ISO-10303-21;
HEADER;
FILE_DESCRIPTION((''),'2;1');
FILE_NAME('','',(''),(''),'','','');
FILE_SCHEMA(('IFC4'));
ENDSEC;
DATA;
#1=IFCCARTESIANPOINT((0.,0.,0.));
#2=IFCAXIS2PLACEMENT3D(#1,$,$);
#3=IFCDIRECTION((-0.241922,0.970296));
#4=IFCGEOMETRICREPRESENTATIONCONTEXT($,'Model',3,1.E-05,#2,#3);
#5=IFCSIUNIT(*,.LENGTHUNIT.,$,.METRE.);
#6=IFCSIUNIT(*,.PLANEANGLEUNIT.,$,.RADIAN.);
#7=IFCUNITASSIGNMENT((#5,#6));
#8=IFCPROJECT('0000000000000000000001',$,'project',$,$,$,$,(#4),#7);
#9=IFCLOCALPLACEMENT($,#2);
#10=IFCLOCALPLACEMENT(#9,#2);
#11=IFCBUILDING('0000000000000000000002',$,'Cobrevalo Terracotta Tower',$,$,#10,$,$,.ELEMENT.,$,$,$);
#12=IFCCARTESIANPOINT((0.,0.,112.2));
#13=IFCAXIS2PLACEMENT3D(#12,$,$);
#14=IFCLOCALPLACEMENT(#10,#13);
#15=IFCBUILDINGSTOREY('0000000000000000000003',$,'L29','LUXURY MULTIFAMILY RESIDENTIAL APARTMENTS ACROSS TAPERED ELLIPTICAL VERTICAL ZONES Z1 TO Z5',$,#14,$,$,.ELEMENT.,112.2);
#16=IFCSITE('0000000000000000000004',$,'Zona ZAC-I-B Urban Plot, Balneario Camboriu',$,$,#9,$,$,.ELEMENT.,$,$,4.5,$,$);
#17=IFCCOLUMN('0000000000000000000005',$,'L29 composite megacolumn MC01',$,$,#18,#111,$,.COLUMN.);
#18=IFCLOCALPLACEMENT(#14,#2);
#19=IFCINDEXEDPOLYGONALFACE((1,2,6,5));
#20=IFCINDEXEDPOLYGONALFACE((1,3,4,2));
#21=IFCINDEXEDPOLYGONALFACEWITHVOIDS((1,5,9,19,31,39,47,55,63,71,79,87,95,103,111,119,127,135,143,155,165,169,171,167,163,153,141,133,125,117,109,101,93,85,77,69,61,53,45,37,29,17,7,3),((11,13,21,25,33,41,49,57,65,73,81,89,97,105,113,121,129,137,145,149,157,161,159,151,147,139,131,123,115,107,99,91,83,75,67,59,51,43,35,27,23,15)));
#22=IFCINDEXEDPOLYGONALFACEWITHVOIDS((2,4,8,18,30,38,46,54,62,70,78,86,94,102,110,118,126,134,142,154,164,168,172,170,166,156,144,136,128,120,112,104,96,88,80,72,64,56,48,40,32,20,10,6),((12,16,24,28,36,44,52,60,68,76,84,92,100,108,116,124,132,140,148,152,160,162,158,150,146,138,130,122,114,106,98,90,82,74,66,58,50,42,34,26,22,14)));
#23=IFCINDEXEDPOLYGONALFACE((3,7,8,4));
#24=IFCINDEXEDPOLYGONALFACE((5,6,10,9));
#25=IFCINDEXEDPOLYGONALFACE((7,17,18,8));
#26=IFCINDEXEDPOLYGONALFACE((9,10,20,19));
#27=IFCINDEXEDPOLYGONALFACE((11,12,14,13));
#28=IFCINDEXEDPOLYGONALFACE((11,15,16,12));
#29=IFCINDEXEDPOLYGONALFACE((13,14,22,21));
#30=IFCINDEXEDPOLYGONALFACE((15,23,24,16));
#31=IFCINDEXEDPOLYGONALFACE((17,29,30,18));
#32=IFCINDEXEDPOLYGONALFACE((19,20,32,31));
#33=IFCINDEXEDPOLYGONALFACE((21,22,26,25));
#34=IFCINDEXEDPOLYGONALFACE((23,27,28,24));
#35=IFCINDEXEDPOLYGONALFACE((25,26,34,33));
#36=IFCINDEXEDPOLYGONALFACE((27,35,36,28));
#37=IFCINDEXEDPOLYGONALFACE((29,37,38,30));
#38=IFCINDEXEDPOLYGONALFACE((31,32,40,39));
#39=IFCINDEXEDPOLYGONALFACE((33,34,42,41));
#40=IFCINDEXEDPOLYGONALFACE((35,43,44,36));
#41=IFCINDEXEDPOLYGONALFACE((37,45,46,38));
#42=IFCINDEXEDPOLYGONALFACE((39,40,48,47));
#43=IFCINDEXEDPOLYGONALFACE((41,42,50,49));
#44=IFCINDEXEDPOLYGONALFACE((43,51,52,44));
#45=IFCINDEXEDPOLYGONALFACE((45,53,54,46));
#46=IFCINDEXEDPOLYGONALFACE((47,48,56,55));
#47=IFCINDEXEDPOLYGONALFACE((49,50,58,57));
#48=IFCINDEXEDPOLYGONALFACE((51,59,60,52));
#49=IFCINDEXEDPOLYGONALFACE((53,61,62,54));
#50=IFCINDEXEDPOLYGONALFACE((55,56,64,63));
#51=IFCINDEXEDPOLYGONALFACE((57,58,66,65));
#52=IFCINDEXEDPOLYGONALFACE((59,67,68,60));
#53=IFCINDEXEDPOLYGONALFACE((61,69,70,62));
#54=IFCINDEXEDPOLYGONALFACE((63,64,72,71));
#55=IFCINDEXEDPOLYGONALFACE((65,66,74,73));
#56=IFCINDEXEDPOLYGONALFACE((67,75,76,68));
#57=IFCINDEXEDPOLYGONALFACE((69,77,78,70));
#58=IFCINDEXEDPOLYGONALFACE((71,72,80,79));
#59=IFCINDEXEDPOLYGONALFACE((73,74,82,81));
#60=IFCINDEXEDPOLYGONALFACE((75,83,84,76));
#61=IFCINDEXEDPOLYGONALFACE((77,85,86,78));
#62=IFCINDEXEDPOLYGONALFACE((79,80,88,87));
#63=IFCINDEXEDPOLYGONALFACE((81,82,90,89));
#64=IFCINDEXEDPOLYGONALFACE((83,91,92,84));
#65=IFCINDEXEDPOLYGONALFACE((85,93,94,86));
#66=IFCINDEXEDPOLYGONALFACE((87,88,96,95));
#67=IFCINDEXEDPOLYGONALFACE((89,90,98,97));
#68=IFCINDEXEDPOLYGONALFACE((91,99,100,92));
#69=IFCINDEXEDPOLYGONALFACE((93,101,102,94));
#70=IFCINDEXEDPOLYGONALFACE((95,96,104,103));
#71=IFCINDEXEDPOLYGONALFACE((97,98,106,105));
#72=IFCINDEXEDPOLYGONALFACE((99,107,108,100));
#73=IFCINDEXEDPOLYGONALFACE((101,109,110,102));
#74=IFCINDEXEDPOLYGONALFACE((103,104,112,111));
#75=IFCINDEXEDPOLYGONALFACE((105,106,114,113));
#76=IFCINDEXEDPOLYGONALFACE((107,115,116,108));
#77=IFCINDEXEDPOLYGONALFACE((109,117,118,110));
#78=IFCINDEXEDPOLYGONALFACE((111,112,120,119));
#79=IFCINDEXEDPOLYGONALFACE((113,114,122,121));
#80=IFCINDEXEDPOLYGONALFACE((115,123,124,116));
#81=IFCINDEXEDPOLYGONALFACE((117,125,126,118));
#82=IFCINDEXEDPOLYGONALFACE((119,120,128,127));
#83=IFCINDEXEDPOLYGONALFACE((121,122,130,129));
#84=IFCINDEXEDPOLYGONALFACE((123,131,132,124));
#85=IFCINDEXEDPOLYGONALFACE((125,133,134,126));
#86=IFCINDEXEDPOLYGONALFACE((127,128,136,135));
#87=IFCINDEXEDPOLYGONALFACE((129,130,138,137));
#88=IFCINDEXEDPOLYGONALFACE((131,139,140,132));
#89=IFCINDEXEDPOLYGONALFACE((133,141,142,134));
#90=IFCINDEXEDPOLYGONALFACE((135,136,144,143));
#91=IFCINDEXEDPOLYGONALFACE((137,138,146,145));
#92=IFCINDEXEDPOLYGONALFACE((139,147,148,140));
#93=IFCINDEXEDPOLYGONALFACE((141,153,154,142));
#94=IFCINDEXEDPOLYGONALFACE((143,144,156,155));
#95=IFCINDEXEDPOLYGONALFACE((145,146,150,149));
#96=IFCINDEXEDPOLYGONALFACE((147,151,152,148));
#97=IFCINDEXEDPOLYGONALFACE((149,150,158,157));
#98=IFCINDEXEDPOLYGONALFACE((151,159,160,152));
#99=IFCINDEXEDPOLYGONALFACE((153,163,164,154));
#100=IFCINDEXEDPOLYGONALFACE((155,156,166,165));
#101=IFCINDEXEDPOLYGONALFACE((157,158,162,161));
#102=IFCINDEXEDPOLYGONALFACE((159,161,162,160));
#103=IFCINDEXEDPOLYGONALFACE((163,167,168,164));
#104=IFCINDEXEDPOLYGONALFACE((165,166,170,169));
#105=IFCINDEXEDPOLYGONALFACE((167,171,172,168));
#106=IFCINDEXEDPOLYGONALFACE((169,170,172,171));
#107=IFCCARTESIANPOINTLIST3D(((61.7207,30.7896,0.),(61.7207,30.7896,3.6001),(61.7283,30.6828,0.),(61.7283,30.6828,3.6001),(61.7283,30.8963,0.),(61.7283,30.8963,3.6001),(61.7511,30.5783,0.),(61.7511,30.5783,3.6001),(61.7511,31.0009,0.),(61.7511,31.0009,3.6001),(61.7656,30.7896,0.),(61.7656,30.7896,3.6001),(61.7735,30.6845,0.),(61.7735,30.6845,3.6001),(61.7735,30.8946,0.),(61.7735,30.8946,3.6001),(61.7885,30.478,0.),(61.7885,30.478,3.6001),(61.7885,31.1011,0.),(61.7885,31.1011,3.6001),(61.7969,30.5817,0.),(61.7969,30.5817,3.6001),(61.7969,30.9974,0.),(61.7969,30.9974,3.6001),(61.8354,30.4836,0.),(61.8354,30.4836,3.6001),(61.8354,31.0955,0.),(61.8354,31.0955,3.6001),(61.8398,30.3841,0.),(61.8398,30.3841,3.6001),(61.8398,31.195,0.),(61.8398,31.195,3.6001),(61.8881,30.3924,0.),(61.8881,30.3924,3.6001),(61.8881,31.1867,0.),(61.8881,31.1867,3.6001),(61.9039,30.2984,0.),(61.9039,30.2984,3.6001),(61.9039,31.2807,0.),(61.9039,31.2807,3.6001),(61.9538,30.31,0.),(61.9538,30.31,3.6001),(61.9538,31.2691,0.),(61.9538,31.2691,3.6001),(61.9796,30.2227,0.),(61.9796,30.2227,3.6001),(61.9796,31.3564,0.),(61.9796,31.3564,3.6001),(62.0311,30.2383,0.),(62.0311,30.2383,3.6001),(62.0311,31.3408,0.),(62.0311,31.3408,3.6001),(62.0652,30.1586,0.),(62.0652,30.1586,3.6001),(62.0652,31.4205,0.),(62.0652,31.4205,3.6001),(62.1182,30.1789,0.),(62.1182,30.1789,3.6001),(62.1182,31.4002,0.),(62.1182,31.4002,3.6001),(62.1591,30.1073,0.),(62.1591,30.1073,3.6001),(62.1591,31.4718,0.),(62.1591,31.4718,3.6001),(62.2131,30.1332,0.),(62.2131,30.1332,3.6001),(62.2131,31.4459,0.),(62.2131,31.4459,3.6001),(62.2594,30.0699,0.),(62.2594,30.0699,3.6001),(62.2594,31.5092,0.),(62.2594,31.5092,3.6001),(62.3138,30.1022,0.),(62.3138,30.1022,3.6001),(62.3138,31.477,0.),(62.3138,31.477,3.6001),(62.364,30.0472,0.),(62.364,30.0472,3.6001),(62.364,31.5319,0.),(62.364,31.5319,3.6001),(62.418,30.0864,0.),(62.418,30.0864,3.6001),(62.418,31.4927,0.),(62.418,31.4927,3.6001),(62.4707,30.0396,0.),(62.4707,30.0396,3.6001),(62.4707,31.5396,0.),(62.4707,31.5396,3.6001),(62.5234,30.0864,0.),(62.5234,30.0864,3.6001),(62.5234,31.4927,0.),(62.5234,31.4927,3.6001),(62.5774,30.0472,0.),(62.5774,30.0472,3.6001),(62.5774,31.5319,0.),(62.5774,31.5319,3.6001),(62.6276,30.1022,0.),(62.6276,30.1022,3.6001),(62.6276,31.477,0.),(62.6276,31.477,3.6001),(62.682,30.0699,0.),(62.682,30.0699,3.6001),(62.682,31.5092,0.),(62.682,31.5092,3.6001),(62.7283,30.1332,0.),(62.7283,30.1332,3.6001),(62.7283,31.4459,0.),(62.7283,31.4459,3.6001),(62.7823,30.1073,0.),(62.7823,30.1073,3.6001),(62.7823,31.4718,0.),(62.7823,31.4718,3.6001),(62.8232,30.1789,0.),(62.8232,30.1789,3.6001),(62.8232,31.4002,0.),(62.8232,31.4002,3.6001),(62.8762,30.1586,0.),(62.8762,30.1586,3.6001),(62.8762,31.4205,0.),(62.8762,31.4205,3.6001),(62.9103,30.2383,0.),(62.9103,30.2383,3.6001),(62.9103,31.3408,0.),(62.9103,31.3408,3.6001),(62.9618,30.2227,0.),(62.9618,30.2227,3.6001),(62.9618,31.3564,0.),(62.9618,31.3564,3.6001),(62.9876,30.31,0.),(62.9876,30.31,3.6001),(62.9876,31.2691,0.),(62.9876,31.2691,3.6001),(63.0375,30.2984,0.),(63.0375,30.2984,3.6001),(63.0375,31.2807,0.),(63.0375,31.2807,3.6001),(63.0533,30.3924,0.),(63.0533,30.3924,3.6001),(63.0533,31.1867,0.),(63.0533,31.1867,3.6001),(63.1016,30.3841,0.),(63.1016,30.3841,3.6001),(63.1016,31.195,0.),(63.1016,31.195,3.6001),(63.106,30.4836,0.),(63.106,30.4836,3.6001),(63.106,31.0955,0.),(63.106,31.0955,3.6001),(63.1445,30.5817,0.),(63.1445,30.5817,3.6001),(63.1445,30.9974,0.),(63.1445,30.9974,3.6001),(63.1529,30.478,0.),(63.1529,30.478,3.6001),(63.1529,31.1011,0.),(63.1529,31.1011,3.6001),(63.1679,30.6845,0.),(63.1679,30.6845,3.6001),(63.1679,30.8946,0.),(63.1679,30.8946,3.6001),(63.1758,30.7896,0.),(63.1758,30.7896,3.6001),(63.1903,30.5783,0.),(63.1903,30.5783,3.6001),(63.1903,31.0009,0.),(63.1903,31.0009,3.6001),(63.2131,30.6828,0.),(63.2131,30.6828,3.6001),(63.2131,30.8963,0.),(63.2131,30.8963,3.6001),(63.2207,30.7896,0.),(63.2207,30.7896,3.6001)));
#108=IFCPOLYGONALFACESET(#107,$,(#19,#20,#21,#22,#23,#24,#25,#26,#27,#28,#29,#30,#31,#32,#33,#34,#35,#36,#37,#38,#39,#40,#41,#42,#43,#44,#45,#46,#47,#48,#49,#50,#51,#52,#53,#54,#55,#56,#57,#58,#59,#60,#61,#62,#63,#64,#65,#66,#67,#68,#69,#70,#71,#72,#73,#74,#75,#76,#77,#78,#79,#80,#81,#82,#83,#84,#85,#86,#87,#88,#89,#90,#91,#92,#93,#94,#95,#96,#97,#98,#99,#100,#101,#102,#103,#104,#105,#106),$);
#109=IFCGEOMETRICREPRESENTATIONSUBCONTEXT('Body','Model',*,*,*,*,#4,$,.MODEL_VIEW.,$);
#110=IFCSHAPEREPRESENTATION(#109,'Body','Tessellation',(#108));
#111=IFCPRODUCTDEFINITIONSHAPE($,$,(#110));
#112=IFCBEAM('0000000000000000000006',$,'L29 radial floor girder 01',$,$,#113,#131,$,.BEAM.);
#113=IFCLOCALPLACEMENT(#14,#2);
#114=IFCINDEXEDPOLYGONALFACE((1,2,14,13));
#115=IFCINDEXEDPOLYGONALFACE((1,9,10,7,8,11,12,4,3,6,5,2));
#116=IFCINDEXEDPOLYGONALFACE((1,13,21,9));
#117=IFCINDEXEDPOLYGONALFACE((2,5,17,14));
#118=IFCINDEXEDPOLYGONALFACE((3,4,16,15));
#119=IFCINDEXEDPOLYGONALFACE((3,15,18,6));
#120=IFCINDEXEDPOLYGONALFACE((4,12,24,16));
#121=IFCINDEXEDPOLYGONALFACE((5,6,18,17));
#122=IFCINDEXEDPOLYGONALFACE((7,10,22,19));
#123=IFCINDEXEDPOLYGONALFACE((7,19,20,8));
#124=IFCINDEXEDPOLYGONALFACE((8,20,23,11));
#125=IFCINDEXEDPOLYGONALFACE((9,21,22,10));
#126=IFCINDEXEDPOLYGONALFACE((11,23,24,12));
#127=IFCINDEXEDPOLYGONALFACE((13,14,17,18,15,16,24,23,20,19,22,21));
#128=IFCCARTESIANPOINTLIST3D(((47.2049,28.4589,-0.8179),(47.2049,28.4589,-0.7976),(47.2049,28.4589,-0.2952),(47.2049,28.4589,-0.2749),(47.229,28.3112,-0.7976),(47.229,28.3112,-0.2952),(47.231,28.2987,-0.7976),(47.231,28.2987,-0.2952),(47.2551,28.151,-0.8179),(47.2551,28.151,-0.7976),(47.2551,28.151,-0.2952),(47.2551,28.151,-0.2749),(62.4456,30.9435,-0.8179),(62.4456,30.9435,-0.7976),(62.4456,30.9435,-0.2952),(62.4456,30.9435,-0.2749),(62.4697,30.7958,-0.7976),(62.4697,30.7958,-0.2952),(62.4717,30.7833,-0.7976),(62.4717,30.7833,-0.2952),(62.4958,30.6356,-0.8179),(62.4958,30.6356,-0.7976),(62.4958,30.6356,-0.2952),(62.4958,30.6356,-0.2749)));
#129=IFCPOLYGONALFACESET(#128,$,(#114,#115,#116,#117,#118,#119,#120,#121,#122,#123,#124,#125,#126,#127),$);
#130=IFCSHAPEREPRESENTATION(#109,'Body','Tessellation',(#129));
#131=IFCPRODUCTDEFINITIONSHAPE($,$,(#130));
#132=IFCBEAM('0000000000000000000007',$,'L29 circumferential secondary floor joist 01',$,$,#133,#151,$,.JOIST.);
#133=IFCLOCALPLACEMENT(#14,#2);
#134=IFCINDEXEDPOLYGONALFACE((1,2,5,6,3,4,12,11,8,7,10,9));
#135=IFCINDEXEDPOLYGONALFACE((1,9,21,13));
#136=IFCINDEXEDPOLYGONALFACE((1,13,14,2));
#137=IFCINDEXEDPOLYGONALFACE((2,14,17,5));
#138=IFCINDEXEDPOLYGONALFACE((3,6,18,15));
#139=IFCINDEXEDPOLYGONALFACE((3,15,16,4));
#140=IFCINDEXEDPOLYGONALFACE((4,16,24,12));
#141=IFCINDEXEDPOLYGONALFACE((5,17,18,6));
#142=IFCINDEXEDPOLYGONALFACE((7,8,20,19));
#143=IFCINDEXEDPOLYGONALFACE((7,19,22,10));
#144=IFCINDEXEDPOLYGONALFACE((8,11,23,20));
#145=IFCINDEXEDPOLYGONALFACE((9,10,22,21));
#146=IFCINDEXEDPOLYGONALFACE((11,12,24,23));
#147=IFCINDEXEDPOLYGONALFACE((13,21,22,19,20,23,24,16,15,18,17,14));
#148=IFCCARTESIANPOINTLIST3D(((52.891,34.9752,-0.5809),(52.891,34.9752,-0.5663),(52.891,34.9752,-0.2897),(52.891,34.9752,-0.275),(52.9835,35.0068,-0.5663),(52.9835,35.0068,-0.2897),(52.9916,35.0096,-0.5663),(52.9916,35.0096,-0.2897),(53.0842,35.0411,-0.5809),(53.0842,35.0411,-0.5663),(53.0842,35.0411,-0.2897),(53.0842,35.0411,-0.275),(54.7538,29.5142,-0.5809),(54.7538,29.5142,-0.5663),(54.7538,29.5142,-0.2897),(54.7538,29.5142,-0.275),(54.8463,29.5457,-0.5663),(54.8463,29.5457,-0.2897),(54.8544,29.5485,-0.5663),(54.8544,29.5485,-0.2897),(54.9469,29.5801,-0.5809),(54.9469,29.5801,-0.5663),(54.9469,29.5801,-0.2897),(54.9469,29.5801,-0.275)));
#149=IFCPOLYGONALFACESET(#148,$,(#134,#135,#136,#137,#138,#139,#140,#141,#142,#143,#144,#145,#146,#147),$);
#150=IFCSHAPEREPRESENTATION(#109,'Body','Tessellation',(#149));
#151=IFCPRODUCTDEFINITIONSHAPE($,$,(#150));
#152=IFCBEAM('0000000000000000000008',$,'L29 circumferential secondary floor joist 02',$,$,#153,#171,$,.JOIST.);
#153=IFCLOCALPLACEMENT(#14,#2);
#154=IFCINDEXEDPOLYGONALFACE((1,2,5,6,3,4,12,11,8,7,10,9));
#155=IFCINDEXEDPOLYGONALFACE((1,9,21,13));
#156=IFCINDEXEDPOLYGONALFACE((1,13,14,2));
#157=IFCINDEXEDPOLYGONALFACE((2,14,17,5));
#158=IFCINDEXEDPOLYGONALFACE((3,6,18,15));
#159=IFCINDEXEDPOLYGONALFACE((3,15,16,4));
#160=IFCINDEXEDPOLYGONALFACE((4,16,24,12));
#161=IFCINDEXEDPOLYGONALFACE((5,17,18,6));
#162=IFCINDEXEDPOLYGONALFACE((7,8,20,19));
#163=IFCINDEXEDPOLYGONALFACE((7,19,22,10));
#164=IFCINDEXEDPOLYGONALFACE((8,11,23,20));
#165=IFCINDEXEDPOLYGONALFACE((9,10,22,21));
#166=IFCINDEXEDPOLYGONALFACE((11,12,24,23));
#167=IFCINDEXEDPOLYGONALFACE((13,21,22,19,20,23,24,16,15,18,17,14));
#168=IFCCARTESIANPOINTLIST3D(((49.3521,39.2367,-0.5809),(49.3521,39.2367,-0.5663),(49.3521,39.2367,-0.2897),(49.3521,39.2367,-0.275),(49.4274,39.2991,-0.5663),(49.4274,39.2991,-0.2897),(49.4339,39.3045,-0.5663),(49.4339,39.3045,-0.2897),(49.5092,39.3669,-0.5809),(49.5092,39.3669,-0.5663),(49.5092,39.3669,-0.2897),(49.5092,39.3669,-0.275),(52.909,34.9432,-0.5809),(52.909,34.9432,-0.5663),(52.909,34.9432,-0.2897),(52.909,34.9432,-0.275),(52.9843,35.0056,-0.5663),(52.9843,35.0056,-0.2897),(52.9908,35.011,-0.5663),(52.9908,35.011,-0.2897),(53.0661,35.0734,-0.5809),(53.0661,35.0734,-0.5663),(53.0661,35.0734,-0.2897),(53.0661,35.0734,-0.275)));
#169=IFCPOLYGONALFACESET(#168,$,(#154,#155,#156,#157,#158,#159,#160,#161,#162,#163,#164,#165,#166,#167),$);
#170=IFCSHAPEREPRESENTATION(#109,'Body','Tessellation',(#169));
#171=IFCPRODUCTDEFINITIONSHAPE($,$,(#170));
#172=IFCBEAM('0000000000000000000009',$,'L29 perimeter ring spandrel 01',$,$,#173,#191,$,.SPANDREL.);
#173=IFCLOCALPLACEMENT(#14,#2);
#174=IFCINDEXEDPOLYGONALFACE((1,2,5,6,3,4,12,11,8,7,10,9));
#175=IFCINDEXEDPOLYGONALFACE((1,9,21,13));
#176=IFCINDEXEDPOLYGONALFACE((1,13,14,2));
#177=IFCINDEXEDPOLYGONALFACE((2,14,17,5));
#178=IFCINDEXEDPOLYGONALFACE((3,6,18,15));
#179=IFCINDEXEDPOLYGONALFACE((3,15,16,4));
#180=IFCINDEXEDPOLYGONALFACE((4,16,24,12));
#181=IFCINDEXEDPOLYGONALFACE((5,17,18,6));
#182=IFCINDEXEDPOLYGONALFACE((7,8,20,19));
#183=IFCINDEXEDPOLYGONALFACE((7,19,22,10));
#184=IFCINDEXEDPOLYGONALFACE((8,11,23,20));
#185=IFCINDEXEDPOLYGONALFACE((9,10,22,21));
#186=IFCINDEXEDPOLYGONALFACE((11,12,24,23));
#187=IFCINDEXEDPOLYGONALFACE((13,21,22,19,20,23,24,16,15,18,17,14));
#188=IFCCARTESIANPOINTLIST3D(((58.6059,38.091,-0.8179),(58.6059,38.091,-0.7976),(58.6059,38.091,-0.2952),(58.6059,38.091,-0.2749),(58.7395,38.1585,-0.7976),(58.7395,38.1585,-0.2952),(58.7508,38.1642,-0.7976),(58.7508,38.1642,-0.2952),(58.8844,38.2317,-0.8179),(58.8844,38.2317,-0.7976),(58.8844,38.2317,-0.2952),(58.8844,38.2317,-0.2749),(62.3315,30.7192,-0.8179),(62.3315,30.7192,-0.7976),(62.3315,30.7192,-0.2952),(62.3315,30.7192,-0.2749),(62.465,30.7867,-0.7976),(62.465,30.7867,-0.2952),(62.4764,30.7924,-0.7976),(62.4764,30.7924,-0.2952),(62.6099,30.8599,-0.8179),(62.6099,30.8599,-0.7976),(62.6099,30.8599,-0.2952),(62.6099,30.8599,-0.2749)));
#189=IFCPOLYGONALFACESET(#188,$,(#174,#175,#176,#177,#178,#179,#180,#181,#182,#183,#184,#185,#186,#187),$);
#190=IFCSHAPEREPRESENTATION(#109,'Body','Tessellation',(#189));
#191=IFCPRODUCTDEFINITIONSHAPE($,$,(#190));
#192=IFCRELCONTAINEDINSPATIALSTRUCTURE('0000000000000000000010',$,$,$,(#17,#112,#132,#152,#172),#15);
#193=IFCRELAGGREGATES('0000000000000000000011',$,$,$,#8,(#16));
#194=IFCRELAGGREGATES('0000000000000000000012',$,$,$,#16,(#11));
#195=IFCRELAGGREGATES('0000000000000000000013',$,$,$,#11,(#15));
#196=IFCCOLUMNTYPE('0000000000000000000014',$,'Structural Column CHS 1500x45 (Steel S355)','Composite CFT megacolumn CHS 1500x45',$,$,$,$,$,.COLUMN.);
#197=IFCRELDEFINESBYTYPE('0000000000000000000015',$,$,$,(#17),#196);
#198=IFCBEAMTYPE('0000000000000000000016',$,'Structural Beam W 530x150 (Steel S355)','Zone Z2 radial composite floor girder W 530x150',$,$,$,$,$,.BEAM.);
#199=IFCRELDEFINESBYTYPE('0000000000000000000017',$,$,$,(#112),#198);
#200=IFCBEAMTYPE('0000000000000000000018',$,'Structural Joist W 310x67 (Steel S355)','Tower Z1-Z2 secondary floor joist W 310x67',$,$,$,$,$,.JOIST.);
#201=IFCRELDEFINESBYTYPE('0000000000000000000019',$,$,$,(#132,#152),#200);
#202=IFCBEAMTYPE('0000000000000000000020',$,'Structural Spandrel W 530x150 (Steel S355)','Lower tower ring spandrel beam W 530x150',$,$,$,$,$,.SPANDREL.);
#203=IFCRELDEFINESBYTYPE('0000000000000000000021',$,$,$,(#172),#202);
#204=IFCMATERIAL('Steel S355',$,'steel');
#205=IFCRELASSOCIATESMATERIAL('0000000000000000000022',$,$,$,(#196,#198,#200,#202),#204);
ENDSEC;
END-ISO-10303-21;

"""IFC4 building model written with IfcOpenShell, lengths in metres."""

from ifc_helpers import new_model, si_unit, direction, frame, origin, origin_2d, place, context, subcontext, project, spatial, hollow_circle, i_section, extrude, material, material_profile, profile_set, type_object, element, save


model = new_model("IFC4")

# Units and contexts
model_context = context("Model", 3, precision=1e-05, world=origin(), true_north=direction((-0.241922, 0.970296)))
body_context = subcontext(model_context, "Body", "Model", "MODEL_VIEW")
ifc_project = project(units=[si_unit("LENGTHUNIT", "METRE"), si_unit("PLANEANGLEUNIT", "RADIAN")], contexts=[model_context])

# Site, building, storey
site_placement = place(None, origin())
site = spatial("IfcSite", under=ifc_project, at=site_placement, Name="Zona ZAC-I-B Urban Plot, Balneario Camboriu", CompositionType="ELEMENT", RefElevation=4.5)
building_placement = place(site_placement, origin())
building = spatial("IfcBuilding", under=site, at=building_placement, Name="Cobrevalo Terracotta Tower", CompositionType="ELEMENT")
storey_placement = place(building_placement, frame((0.0, 0.0, 112.2)))
storey = spatial("IfcBuildingStorey", under=building, at=storey_placement, Name="L29", Description="LUXURY MULTIFAMILY RESIDENTIAL APARTMENTS ACROSS TAPERED ELLIPTICAL VERTICAL ZONES Z1 TO Z5", CompositionType="ELEMENT", Elevation=112.2)

# Column
ifc_material_1 = material(Name="Steel S355", Category="steel")
ifc_material_profile_1 = material_profile(ifc_material_1, hollow_circle(Radius=0.75, WallThickness=0.0449, at=origin_2d()), Name="CHS 1500x45")
ifc_profile_set_1 = profile_set([ifc_material_profile_1], Name="Steel S355")
column_type = type_object("IfcColumnType", Name="Structural Column CHS 1500x45 (Steel S355)", Description="Composite CFT megacolumn CHS 1500x45", PredefinedType="COLUMN", material=ifc_profile_set_1)
column_placement = place(storey_placement, frame((62.4707, 30.7896, 0.0), z_axis=(0.0, 0.0, 1.0), x_axis=(1.0, 0.0, 0.0)))
element("IfcColumn", 1, at=column_placement, inside=storey, type_object=column_type, Name="L29 composite megacolumn MC01", PredefinedType="COLUMN", context=body_context, shape_type="SweptSolid", body=[
    extrude(hollow_circle(Radius=0.75, WallThickness=0.0449, at=origin_2d()), origin(), (0.0, 0.0, 1.0), 3.6001),
])

# Beams
ifc_material_profile_2 = material_profile(ifc_material_1, i_section(OverallWidth=0.312, OverallDepth=0.543, WebThickness=0.0127, FlangeThickness=0.0203, at=origin_2d()), Name="W 530x150")
ifc_profile_set_2 = profile_set([ifc_material_profile_2], Name="Steel S355")
beam_type_1 = type_object("IfcBeamType", Name="Structural Beam W 530x150 (Steel S355)", Description="Zone Z2 radial composite floor girder W 530x150", PredefinedType="BEAM", material=ifc_profile_set_2)
beam_1_placement = place(storey_placement, frame((62.4707, 30.7896, -0.5464), z_axis=(-0.986971, -0.160901, 0.0), x_axis=(0.160901, -0.986971, 0.0)))
element("IfcBeam", 2, at=beam_1_placement, inside=storey, type_object=beam_type_1, Name="L29 radial floor girder 01", PredefinedType="BEAM", context=body_context, shape_type="SweptSolid", body=[
    extrude(i_section(OverallWidth=0.312, OverallDepth=0.543, WebThickness=0.0127, FlangeThickness=0.0203, at=origin_2d()), origin(), (0.0, 0.0, 1.0), 15.4419),
])
ifc_material_profile_3 = material_profile(ifc_material_1, i_section(OverallWidth=0.2041, OverallDepth=0.3059, WebThickness=0.0085, FlangeThickness=0.0146, at=origin_2d()), Name="W 310x67")
ifc_profile_set_3 = profile_set([ifc_material_profile_3], Name="Steel S355")
beam_type_2 = type_object("IfcBeamType", Name="Structural Joist W 310x67 (Steel S355)", Description="Tower Z1-Z2 secondary floor joist W 310x67", PredefinedType="JOIST", material=ifc_profile_set_3)
beam_2_placement = place(storey_placement, frame((54.8503, 29.5471, -0.428), z_axis=(-0.322833, 0.946456, 0.0), x_axis=(-0.946456, -0.322833, 0.0)))
element("IfcBeam", 3, at=beam_2_placement, inside=storey, type_object=beam_type_2, Name="L29 circumferential secondary floor joist 01", PredefinedType="JOIST", context=body_context, shape_type="SweptSolid", body=[
    extrude(i_section(OverallWidth=0.2041, OverallDepth=0.3059, WebThickness=0.0085, FlangeThickness=0.0146, at=origin_2d()), origin(), (0.0, 0.0, 1.0), 5.77),
])
beam_3_placement = place(storey_placement, frame((52.9875, 35.0083, -0.428), z_axis=(-0.637959, 0.77007, 0.0), x_axis=(-0.77007, -0.637959, 0.0)))
element("IfcBeam", 4, at=beam_3_placement, inside=storey, type_object=beam_type_2, Name="L29 circumferential secondary floor joist 02", PredefinedType="JOIST", context=body_context, shape_type="SweptSolid", body=[
    extrude(i_section(OverallWidth=0.2041, OverallDepth=0.3059, WebThickness=0.0085, FlangeThickness=0.0146, at=origin_2d()), origin(), (0.0, 0.0, 1.0), 5.5754),
])
ifc_material_profile_4 = material_profile(ifc_material_1, i_section(OverallWidth=0.312, OverallDepth=0.543, WebThickness=0.0127, FlangeThickness=0.0203, at=origin_2d()), Name="W 530x150")
ifc_profile_set_4 = profile_set([ifc_material_profile_4], Name="Steel S355")
beam_type_3 = type_object("IfcBeamType", Name="Structural Spandrel W 530x150 (Steel S355)", Description="Lower tower ring spandrel beam W 530x150", PredefinedType="SPANDREL", material=ifc_profile_set_4)
beam_4_placement = place(storey_placement, frame((62.4707, 30.7896, -0.5464), z_axis=(-0.451052, 0.892498, 0.0), x_axis=(-0.892498, -0.451052, 0.0)))
element("IfcBeam", 5, at=beam_4_placement, inside=storey, type_object=beam_type_3, Name="L29 perimeter ring spandrel 01", PredefinedType="SPANDREL", context=body_context, shape_type="SweptSolid", body=[
    extrude(i_section(OverallWidth=0.312, OverallDepth=0.543, WebThickness=0.0127, FlangeThickness=0.0203, at=origin_2d()), origin(), (0.0, 0.0, 1.0), 8.2598),
])

save(model, "model.ifc")
